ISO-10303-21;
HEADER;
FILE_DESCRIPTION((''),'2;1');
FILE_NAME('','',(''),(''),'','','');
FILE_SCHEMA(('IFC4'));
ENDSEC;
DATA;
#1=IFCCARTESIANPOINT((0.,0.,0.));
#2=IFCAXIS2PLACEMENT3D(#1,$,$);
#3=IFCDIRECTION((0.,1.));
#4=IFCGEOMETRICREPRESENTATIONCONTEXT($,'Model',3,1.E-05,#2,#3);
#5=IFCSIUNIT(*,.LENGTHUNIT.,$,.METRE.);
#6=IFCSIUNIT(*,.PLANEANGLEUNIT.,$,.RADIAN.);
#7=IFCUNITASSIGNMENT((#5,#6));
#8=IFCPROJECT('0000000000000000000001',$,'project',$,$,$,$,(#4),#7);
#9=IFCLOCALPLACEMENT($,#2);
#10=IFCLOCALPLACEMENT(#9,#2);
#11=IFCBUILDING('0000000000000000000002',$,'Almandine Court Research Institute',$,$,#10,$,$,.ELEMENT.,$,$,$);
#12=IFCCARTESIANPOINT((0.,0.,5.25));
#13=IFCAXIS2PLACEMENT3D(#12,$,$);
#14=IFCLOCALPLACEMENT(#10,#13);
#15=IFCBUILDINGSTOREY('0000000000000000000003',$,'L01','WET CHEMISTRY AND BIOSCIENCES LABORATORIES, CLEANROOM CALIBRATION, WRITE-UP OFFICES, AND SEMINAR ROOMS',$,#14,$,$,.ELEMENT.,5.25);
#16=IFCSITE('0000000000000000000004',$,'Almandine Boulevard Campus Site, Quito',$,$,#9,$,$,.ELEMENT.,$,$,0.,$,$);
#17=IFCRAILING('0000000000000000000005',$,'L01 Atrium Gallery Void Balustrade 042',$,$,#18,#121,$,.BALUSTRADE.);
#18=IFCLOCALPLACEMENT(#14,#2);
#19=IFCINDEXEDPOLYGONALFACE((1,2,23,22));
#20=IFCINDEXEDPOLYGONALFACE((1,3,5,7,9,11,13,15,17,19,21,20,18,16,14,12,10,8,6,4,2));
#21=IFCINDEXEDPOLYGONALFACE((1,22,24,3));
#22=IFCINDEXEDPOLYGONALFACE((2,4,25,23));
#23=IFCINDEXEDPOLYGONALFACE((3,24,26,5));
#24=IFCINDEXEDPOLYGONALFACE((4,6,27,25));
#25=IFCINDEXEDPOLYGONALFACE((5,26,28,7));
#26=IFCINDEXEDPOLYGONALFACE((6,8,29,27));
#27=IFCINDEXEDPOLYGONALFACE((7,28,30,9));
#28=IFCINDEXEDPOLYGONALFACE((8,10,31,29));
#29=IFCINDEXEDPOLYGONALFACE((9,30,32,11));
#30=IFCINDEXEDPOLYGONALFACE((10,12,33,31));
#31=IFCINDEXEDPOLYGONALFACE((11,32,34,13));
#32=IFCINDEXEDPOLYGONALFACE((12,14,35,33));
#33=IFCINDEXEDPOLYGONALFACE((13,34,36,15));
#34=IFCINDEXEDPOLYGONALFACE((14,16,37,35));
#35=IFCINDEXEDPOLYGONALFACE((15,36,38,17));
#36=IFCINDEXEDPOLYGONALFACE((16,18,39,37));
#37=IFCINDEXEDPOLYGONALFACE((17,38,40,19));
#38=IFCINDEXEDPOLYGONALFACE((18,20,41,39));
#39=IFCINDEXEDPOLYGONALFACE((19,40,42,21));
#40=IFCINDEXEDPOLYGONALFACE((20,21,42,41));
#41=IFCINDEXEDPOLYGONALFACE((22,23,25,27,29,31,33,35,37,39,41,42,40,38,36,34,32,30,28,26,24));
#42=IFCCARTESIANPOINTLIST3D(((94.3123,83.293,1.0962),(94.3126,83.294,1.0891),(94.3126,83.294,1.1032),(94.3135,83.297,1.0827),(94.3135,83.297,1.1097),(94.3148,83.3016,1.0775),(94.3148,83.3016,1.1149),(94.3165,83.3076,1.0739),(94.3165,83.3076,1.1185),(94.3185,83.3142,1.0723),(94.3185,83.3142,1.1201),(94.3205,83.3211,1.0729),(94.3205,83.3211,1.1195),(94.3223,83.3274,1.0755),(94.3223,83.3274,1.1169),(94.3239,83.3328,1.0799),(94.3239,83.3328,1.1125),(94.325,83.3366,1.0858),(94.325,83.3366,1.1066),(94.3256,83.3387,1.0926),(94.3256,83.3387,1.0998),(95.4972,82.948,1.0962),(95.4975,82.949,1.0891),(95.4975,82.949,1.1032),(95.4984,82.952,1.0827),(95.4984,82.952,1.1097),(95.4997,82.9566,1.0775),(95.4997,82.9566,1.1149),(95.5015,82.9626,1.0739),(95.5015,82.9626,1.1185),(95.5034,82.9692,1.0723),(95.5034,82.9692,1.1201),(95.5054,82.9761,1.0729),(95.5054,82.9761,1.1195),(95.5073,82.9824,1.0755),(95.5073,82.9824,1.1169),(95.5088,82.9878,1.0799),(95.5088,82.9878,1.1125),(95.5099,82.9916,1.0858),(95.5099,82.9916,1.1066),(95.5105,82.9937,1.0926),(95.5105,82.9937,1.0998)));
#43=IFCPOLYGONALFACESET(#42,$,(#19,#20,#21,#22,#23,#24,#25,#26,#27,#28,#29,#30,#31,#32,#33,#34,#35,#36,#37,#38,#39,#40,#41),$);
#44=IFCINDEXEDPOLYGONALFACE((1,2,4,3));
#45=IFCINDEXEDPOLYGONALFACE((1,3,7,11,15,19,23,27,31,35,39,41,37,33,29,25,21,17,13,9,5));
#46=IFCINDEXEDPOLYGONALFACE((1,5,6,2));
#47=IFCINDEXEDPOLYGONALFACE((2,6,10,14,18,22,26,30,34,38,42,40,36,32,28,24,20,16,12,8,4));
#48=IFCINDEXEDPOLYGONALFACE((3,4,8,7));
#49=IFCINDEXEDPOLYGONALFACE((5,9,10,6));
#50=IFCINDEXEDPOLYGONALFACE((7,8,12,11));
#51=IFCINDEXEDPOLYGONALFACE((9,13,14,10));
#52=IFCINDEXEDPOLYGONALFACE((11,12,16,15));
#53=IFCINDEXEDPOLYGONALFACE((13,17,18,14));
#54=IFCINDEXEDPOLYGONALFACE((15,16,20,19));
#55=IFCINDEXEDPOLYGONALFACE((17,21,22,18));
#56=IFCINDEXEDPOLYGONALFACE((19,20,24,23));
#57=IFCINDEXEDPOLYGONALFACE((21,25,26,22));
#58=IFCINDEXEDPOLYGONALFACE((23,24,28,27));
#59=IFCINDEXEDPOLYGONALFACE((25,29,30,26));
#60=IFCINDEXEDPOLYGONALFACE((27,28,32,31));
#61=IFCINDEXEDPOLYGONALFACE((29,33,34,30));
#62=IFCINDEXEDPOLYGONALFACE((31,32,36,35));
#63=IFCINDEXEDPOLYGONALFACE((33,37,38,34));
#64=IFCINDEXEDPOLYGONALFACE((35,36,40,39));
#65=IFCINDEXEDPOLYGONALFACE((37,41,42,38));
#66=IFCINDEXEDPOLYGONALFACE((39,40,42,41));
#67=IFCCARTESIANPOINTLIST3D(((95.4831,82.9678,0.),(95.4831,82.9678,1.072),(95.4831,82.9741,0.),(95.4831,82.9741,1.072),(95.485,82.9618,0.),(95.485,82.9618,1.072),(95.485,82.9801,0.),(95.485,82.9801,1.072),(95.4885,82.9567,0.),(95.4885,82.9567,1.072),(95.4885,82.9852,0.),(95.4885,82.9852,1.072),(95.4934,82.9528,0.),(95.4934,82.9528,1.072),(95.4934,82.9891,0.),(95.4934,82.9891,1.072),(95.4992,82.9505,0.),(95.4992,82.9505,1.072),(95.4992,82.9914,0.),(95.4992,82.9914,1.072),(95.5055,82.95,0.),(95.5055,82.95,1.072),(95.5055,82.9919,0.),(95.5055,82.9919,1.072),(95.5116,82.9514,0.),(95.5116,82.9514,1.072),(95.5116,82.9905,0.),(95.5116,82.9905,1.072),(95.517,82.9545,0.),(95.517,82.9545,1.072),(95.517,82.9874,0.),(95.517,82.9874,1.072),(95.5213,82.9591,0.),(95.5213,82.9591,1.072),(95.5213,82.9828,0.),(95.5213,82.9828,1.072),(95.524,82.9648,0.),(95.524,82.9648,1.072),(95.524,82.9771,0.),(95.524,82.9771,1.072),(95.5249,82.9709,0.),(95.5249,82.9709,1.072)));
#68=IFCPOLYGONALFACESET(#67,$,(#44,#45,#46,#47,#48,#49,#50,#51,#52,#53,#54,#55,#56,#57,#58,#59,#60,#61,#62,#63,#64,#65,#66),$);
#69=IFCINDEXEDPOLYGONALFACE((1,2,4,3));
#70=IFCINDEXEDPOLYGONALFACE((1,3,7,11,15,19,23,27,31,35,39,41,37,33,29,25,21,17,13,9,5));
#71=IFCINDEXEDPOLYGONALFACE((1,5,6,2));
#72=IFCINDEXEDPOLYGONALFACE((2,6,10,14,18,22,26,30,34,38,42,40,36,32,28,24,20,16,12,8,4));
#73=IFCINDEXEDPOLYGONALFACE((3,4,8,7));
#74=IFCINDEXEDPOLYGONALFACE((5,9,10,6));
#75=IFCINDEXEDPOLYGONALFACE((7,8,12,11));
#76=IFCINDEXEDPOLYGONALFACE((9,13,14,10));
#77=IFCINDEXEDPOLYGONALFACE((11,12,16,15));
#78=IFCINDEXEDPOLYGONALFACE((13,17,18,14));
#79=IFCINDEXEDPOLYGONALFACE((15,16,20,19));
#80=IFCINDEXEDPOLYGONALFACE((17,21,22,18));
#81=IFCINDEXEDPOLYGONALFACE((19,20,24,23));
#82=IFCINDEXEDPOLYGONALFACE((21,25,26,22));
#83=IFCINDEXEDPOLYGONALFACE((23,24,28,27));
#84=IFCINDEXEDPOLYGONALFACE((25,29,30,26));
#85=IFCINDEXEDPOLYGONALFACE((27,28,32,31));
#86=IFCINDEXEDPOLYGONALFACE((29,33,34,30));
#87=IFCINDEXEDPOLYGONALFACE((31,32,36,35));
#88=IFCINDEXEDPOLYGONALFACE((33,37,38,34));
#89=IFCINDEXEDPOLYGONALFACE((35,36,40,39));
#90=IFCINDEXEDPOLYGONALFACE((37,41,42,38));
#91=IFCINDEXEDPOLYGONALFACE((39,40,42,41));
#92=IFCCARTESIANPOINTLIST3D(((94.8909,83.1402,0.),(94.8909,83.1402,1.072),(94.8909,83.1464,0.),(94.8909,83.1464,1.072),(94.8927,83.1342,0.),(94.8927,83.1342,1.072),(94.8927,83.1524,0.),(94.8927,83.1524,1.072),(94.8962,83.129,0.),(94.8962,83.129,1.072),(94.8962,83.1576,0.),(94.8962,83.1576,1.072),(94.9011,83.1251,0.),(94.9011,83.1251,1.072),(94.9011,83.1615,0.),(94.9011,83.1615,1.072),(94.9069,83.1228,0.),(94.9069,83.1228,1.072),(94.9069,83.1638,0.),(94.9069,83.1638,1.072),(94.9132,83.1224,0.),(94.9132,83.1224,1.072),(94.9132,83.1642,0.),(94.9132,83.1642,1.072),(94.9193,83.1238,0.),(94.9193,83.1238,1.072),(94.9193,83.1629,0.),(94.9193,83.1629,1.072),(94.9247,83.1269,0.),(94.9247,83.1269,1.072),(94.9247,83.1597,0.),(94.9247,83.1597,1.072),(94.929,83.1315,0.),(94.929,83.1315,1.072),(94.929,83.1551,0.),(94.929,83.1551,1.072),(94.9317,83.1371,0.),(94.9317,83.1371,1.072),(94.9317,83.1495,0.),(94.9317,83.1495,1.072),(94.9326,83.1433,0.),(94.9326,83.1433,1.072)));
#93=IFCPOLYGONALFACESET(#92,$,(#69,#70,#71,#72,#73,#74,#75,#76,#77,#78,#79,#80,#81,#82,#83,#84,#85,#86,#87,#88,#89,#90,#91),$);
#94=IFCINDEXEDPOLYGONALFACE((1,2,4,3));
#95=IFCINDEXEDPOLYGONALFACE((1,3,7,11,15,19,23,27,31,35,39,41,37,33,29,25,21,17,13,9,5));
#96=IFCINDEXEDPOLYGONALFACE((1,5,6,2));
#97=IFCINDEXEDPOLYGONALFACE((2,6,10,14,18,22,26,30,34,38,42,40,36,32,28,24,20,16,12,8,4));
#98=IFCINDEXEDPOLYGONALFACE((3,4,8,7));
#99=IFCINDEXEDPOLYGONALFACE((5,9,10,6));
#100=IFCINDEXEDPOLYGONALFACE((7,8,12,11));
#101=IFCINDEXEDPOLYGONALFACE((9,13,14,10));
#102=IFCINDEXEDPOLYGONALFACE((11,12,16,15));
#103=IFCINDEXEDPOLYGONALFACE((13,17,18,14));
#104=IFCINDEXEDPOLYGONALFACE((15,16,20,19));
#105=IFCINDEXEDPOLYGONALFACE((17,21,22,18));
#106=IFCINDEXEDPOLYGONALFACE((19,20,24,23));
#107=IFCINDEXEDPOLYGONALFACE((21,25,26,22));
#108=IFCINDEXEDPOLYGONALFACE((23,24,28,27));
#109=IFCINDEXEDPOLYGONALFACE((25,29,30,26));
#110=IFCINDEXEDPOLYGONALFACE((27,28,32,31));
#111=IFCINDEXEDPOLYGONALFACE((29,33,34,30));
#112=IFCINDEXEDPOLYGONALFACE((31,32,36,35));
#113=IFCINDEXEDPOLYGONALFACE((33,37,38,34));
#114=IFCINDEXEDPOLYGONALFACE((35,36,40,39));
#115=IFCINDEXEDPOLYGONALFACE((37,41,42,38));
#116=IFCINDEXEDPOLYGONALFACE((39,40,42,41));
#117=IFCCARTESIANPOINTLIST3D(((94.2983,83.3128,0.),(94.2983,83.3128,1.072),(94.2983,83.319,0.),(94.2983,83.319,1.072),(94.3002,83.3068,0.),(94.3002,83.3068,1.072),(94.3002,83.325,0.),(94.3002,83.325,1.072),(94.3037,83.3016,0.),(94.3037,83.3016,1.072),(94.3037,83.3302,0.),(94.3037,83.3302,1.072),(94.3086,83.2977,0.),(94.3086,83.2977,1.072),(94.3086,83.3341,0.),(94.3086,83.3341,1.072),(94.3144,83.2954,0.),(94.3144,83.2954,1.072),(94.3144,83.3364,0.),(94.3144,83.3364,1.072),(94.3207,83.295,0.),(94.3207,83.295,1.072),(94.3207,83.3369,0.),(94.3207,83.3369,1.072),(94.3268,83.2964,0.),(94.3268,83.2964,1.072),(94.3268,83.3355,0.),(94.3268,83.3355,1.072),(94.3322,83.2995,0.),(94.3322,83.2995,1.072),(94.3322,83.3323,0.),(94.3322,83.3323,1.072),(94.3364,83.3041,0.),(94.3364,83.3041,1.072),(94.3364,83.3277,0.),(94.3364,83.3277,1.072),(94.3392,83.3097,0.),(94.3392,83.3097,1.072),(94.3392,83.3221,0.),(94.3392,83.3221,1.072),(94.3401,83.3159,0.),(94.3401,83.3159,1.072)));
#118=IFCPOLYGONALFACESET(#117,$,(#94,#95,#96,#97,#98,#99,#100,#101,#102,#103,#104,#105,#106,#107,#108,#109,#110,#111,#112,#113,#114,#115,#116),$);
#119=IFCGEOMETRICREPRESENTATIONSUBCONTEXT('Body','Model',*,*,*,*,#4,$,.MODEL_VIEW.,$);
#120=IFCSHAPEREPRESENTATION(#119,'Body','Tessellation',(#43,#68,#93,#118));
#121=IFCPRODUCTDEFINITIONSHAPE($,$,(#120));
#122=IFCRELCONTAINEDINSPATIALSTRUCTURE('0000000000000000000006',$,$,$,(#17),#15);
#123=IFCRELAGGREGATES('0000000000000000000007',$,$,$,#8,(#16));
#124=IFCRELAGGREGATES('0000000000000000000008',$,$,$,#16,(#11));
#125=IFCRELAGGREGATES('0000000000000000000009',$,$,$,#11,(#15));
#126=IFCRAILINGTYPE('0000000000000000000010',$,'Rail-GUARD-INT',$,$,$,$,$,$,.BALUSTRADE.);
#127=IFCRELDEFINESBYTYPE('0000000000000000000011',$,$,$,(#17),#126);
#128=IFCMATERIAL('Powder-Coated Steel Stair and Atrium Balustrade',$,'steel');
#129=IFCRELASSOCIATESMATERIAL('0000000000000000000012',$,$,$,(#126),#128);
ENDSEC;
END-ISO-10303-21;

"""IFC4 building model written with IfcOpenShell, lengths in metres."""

from ifc_helpers import new_model, si_unit, direction, frame, origin, origin_2d, place, context, subcontext, project, spatial, circle, extrude, material, type_object, element, save


model = new_model("IFC4")

# Units and contexts
model_context = context("Model", 3, precision=1e-05, world=origin(), true_north=direction((0.0, 1.0)))
body_context = subcontext(model_context, "Body", "Model", "MODEL_VIEW")
ifc_project = project(units=[si_unit("LENGTHUNIT", "METRE"), si_unit("PLANEANGLEUNIT", "RADIAN")], contexts=[model_context])

# Site, building, storey
site_placement = place(None, origin())
site = spatial("IfcSite", under=ifc_project, at=site_placement, Name="Almandine Boulevard Campus Site, Quito", CompositionType="ELEMENT", RefElevation=0.0)
building_placement = place(site_placement, origin())
building = spatial("IfcBuilding", under=site, at=building_placement, Name="Almandine Court Research Institute", CompositionType="ELEMENT")
storey_placement = place(building_placement, frame((0.0, 0.0, 5.25)))
storey = spatial("IfcBuildingStorey", under=building, at=storey_placement, Name="L01", Description="WET CHEMISTRY AND BIOSCIENCES LABORATORIES, CLEANROOM CALIBRATION, WRITE-UP OFFICES, AND SEMINAR ROOMS", CompositionType="ELEMENT", Elevation=5.25)

# Railing
ifc_material_1 = material(Name="Powder-Coated Steel Stair and Atrium Balustrade", Category="steel")
railing_type = type_object("IfcRailingType", Name="Rail-GUARD-INT", PredefinedType="BALUSTRADE", material=ifc_material_1)
railing_1_placement = place(storey_placement, frame((95.5039, 82.9709, 0.0)))
element("IfcRailing", 1, at=railing_1_placement, inside=storey, type_object=railing_type, Name="L01 Atrium Gallery Void Balustrade 042", PredefinedType="BALUSTRADE", context=body_context, shape_type="SweptSolid", body=[
    extrude(circle(Radius=0.0239, at=origin_2d()), frame((0.0, 0.0, 1.0962), z_axis=(-0.960131, 0.279552, 0.0), x_axis=(-0.279552, -0.960131, 0.0)), (0.0, 0.0, 1.0), 1.2341),
    extrude(circle(Radius=0.021, at=origin_2d()), origin(), (0.0, 0.0, 1.0), 1.072),
    extrude(circle(Radius=0.021, at=origin_2d()), frame((-0.5923, 0.1724, 0.0)), (0.0, 0.0, 1.0), 1.072),
    extrude(circle(Radius=0.021, at=origin_2d()), frame((-1.1848, 0.345, 0.0)), (0.0, 0.0, 1.0), 1.072),
])

save(model, "model.ifc")
